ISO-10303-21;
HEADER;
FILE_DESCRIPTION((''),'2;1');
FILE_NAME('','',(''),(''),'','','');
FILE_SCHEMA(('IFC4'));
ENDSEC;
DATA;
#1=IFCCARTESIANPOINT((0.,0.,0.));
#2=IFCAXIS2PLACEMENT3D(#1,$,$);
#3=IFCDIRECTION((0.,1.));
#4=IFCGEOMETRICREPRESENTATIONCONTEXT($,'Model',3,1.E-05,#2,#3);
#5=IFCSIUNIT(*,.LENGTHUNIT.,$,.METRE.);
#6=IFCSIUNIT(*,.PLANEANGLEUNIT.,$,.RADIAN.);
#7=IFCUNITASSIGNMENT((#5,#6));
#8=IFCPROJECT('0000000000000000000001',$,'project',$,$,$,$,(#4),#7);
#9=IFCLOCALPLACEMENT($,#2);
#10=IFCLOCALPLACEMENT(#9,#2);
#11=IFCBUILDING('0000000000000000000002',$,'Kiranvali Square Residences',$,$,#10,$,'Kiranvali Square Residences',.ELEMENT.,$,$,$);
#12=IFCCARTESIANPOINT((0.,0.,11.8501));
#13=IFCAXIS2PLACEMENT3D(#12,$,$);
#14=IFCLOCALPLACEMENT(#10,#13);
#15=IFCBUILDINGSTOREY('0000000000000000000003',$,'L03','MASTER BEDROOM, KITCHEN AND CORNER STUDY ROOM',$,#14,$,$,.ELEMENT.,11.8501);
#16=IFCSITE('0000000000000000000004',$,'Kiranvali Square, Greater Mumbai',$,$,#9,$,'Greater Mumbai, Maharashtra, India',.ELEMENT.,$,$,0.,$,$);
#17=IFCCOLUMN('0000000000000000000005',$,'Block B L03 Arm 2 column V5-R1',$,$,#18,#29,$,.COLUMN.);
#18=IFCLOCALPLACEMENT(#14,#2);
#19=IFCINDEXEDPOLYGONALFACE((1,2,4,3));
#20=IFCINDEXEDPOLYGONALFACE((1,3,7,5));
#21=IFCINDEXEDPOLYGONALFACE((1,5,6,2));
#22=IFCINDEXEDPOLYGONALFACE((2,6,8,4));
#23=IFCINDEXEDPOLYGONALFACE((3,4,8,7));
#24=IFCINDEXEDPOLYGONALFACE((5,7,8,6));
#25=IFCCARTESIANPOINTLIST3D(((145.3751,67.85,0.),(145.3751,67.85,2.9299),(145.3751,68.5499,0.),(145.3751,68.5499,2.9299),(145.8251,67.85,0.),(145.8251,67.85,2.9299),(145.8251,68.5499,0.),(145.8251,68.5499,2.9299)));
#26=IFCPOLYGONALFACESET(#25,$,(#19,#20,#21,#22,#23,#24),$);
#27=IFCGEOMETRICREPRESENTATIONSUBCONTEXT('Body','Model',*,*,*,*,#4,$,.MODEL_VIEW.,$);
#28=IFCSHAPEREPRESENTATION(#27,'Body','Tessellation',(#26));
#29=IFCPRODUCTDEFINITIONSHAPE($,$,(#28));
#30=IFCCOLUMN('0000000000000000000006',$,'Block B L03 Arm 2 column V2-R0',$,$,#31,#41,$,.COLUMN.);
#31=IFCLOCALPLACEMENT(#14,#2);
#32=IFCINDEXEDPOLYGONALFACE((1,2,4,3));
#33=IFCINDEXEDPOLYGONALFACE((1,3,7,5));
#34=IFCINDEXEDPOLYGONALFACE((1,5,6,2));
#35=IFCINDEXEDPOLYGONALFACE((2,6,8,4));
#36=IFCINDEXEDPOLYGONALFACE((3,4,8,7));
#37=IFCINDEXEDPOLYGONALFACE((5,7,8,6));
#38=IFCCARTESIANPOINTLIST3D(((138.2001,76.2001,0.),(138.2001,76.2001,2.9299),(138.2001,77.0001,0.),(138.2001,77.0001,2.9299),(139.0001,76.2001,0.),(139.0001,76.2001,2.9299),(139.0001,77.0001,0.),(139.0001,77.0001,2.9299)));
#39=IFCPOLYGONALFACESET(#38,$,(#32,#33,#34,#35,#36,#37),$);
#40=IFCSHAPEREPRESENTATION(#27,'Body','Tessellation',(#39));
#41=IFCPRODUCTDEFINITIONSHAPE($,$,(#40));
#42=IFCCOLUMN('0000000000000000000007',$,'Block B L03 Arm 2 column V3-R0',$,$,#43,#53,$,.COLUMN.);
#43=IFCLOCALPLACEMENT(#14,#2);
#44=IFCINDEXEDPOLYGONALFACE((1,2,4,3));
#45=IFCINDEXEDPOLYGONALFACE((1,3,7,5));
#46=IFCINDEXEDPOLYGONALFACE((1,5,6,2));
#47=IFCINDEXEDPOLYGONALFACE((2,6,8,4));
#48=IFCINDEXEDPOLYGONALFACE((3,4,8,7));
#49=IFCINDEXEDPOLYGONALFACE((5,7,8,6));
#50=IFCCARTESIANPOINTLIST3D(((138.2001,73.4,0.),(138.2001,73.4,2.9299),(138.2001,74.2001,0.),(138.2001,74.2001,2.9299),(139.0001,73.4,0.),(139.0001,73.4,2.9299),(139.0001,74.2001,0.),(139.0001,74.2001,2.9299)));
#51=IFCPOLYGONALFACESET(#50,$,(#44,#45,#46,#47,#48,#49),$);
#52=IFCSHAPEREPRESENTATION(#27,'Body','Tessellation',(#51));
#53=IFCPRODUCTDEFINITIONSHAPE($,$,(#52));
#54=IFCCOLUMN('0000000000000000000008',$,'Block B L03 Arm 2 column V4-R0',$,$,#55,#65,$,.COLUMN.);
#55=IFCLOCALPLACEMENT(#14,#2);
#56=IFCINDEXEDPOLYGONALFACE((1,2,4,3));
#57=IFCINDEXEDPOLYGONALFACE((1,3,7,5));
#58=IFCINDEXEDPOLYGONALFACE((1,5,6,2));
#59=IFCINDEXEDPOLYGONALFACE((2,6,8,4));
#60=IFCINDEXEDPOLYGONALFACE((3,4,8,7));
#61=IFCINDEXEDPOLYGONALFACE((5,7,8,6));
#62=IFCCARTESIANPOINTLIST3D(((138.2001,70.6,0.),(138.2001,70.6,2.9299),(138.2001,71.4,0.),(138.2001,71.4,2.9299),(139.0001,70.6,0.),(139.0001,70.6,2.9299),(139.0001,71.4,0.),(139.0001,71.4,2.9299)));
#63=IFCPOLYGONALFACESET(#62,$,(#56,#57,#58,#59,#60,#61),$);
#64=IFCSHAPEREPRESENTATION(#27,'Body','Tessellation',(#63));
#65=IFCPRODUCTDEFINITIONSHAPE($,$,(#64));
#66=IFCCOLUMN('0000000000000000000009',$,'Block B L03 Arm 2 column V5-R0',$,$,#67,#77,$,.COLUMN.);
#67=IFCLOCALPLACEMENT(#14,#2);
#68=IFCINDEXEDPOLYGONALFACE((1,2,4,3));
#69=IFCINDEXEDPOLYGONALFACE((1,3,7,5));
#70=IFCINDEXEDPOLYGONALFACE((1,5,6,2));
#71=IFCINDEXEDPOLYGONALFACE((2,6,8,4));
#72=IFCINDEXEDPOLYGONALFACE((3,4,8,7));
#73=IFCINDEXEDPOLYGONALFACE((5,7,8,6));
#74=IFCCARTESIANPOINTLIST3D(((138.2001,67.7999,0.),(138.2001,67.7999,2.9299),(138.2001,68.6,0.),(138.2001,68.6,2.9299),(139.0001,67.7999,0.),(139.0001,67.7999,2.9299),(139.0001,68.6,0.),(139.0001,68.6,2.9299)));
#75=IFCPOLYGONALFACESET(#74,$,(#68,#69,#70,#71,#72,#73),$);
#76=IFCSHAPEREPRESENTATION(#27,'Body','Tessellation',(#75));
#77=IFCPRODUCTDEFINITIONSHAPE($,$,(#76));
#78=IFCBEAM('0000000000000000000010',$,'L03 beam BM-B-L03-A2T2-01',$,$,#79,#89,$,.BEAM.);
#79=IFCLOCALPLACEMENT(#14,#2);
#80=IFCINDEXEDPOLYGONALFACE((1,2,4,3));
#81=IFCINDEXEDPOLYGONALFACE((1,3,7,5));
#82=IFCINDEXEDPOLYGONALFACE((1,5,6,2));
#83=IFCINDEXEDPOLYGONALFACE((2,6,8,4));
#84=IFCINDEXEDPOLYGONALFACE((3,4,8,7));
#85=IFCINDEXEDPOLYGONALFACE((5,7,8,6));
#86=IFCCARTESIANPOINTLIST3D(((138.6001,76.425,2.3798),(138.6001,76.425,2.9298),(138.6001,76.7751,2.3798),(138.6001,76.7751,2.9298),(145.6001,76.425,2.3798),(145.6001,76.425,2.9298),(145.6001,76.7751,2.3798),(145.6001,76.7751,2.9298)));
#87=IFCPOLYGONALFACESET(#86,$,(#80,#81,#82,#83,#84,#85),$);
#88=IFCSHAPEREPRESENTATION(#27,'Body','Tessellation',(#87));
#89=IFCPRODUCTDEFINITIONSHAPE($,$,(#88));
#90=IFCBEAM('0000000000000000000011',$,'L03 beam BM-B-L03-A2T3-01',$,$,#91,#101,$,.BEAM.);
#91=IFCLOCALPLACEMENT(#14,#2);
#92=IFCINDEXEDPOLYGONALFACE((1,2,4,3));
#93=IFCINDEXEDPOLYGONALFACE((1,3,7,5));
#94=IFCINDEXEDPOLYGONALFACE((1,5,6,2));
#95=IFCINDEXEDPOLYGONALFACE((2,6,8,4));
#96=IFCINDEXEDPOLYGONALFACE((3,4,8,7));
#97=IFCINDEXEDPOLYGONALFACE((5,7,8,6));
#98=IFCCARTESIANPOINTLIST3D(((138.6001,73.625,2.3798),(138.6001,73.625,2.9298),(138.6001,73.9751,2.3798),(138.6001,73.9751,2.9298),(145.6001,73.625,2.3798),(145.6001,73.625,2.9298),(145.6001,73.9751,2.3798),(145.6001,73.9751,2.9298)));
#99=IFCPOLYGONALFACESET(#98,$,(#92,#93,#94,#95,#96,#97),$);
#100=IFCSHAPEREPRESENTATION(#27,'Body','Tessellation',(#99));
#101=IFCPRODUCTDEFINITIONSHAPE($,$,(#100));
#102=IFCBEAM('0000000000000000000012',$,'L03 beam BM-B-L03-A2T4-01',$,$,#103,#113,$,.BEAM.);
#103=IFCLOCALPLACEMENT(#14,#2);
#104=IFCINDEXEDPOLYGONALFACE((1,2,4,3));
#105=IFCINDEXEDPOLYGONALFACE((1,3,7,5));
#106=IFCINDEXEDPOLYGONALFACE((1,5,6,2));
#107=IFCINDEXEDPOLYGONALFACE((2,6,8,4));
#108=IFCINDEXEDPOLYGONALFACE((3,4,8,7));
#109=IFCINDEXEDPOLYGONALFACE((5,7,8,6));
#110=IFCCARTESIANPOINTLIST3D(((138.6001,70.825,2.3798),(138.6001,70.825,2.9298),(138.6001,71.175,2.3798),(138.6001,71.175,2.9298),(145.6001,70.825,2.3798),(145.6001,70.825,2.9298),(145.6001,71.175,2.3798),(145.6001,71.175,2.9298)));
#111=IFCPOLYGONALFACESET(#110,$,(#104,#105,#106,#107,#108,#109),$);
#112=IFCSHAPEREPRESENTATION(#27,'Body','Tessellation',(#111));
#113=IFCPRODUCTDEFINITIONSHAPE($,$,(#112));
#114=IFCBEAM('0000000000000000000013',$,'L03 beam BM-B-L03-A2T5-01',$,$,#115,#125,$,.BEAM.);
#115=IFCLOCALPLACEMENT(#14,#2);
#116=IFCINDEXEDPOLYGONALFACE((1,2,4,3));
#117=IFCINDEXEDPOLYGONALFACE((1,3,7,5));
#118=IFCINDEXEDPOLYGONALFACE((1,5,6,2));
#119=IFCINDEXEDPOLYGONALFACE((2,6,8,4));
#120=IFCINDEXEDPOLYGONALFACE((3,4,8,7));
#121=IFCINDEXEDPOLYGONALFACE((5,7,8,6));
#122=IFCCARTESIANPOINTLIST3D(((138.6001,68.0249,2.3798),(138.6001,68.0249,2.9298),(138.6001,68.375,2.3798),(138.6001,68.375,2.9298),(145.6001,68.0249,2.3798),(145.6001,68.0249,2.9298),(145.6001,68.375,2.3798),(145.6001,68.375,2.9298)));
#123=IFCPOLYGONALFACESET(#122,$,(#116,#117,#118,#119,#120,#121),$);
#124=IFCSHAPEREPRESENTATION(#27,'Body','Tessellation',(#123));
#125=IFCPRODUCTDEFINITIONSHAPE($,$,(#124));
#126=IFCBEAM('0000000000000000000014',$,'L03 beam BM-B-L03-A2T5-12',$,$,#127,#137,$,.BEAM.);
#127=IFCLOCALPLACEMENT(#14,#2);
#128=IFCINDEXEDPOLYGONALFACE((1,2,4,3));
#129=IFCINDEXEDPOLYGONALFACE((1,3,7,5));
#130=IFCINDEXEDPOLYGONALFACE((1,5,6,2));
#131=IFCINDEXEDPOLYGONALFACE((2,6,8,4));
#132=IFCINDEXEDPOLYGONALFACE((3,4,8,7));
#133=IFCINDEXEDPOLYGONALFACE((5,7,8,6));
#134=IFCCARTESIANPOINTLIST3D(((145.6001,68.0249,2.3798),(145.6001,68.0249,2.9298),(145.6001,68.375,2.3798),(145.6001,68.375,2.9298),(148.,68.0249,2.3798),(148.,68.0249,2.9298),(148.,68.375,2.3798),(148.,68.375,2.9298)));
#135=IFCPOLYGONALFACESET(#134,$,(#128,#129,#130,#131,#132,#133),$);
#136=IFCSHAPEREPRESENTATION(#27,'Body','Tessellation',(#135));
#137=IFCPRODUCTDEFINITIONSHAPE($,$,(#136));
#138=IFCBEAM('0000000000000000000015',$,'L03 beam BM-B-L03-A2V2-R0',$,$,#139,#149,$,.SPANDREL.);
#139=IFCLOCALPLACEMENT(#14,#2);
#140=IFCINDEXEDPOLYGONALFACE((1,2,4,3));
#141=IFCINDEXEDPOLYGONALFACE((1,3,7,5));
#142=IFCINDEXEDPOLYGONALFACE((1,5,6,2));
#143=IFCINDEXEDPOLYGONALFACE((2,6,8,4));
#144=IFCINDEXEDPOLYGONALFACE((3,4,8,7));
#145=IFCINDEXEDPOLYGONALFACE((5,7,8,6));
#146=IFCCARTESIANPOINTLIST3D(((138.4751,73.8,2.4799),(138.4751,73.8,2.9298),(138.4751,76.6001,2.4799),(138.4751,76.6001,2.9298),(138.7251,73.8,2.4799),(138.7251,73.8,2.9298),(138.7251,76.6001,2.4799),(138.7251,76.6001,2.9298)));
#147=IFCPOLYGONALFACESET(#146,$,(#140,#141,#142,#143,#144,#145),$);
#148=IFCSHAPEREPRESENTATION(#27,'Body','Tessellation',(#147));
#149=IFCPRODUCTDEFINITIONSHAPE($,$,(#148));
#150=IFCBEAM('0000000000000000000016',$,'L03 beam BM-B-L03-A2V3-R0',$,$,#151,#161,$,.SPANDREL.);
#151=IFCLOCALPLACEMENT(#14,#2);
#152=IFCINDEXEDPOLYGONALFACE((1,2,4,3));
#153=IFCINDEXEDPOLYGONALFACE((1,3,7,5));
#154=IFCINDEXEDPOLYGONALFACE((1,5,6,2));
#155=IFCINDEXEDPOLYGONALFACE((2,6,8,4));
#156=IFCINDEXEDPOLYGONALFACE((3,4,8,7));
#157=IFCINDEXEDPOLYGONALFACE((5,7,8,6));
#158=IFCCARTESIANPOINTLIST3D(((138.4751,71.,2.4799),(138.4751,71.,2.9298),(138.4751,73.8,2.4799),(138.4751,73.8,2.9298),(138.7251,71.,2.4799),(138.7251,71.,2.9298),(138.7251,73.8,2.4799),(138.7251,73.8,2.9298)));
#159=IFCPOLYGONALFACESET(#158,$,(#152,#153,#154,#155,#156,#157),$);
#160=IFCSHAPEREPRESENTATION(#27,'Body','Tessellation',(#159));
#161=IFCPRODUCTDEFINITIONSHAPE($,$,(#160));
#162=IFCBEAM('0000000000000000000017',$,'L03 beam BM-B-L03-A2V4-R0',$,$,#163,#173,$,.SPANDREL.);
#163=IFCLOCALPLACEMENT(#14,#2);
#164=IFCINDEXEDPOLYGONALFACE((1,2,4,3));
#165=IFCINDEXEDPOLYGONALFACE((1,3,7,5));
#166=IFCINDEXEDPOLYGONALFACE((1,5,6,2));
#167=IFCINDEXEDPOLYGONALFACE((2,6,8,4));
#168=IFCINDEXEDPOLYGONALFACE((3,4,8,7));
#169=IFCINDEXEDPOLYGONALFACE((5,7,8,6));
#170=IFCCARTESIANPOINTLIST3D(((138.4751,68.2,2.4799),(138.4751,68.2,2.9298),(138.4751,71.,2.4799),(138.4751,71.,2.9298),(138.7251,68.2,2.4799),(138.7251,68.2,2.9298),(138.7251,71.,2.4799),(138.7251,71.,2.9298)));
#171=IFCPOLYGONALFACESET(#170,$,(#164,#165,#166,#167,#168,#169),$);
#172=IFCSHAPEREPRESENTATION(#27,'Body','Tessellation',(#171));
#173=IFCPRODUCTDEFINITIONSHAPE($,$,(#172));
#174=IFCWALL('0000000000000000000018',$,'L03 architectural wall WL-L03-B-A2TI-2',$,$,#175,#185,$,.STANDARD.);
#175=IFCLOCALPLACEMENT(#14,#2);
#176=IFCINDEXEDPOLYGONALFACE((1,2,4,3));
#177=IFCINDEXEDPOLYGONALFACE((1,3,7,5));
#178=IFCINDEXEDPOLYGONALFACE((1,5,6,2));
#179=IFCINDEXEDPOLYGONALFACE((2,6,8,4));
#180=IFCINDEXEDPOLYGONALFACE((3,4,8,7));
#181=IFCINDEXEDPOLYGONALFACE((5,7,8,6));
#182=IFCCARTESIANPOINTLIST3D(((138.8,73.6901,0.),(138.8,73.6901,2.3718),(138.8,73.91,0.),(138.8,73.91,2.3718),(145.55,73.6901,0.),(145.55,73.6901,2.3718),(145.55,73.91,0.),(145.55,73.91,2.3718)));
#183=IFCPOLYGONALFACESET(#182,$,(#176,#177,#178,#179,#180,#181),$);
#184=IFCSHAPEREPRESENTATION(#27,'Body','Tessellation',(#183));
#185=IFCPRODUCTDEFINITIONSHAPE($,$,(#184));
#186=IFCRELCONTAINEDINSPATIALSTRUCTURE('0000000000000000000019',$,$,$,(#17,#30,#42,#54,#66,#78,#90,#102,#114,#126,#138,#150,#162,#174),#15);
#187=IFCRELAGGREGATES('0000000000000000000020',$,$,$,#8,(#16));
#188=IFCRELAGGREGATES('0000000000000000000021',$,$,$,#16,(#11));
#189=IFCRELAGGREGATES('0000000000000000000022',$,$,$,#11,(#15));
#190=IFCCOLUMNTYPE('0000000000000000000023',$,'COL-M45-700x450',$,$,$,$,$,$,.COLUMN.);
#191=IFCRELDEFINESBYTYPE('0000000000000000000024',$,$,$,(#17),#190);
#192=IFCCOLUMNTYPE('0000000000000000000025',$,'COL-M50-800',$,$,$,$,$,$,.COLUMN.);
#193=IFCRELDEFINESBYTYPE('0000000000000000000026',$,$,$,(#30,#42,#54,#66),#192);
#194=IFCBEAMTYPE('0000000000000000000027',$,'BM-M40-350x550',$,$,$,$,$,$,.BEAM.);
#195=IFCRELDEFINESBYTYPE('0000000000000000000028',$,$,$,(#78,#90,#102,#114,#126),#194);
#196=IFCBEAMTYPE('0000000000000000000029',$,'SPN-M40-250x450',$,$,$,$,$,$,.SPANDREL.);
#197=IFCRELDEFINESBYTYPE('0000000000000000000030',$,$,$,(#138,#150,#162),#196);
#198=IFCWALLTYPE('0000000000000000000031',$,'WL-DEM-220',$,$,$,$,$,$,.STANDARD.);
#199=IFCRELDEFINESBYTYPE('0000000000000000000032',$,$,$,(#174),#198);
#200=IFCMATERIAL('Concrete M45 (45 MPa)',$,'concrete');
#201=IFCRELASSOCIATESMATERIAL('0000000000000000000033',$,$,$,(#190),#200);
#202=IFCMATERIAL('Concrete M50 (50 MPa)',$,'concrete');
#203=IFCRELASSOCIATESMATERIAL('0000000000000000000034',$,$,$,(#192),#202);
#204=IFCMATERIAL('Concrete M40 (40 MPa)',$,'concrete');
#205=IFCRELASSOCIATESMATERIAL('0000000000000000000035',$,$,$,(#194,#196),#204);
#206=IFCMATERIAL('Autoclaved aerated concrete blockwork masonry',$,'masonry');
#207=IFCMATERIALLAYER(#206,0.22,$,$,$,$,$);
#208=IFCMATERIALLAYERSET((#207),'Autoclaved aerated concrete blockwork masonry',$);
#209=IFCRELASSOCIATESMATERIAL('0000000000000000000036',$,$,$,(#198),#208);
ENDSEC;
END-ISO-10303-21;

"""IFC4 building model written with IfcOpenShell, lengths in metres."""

from ifc_helpers import new_model, si_unit, direction, frame, frame_2d, origin, origin_2d, place, context, subcontext, project, spatial, rectangle, extrude, material, layer, layer_set, material_profile, profile_set, type_object, element, save


model = new_model("IFC4")

# Units and contexts
model_context = context("Model", 3, precision=1e-05, world=origin(), true_north=direction((0.0, 1.0)))
body_context = subcontext(model_context, "Body", "Model", "MODEL_VIEW")
ifc_project = project(units=[si_unit("LENGTHUNIT", "METRE"), si_unit("PLANEANGLEUNIT", "RADIAN")], contexts=[model_context])

# Site, building, storey
site_placement = place(None, origin())
site = spatial("IfcSite", under=ifc_project, at=site_placement, Name="Kiranvali Square, Greater Mumbai", LongName="Greater Mumbai, Maharashtra, India", CompositionType="ELEMENT", RefElevation=0.0)
building_placement = place(site_placement, origin())
building = spatial("IfcBuilding", under=site, at=building_placement, Name="Kiranvali Square Residences", LongName="Kiranvali Square Residences", CompositionType="ELEMENT")
storey_placement = place(building_placement, frame((0.0, 0.0, 11.8501)))
storey = spatial("IfcBuildingStorey", under=building, at=storey_placement, Name="L03", Description="MASTER BEDROOM, KITCHEN AND CORNER STUDY ROOM", CompositionType="ELEMENT", Elevation=11.8501)

# Columns
ifc_material_1 = material(Name="Concrete M45 (45 MPa)", Category="concrete")
ifc_material_profile_1 = material_profile(ifc_material_1, rectangle(XDim=0.45, YDim=0.7, at=origin_2d()), Name="RC 700x450")
ifc_profile_set_1 = profile_set([ifc_material_profile_1], Name="Concrete M45 (45 MPa)")
column_type_1 = type_object("IfcColumnType", Name="COL-M45-700x450", PredefinedType="COLUMN", material=ifc_profile_set_1)
column_placement = place(storey_placement, frame((145.6001, 68.2, 0.0), z_axis=(0.0, 0.0, 1.0), x_axis=(1.0, 0.0, 0.0)))
element("IfcColumn", 1, at=column_placement, inside=storey, type_object=column_type_1, Name="Block B L03 Arm 2 column V5-R1", PredefinedType="COLUMN", context=body_context, shape_type="SweptSolid", body=[
    extrude(rectangle(XDim=0.45, YDim=0.7, at=origin_2d()), origin(), (0.0, 0.0, 1.0), 2.9299),
])
ifc_material_2 = material(Name="Concrete M50 (50 MPa)", Category="concrete")
ifc_material_profile_2 = material_profile(ifc_material_2, rectangle(XDim=0.8, YDim=0.8, at=origin_2d()), Name="RC 800x800")
ifc_profile_set_2 = profile_set([ifc_material_profile_2], Name="Concrete M50 (50 MPa)")
column_type_2 = type_object("IfcColumnType", Name="COL-M50-800", PredefinedType="COLUMN", material=ifc_profile_set_2)
for number, where, z_axis, x_axis, name in (
    (2, (138.6001, 76.6001, 0.0), (0.0, 0.0, 1.0), (1.0, 0.0, 0.0), "Block B L03 Arm 2 column V2-R0"),
    (3, (138.6001, 73.8, 0.0), (0.0, 0.0, 1.0), (1.0, 0.0, 0.0), "Block B L03 Arm 2 column V3-R0"),
    (4, (138.6001, 71.0, 0.0), (0.0, 0.0, 1.0), (1.0, 0.0, 0.0), "Block B L03 Arm 2 column V4-R0"),
    (5, (138.6001, 68.2, 0.0), (0.0, 0.0, 1.0), (1.0, 0.0, 0.0), "Block B L03 Arm 2 column V5-R0"),
):
    element("IfcColumn", number, at=place(storey_placement, frame(where, z_axis=z_axis, x_axis=x_axis)), inside=storey, type_object=column_type_2, Name=name, PredefinedType="COLUMN", context=body_context, shape_type="SweptSolid", body=[
        extrude(rectangle(XDim=0.8, YDim=0.8, at=origin_2d()), origin(), (0.0, 0.0, 1.0), 2.9299),
    ])

# Beams
ifc_material_3 = material(Name="Concrete M40 (40 MPa)", Category="concrete")
ifc_material_profile_3 = material_profile(ifc_material_3, rectangle(XDim=0.3501, YDim=0.55, at=origin_2d()), Name="RC 350x550")
ifc_profile_set_3 = profile_set([ifc_material_profile_3], Name="Concrete M40 (40 MPa)")
beam_type_1 = type_object("IfcBeamType", Name="BM-M40-350x550", PredefinedType="BEAM", material=ifc_profile_set_3)
for number, where, z_axis, x_axis, name in (
    (6, (138.6001, 76.6001, 2.6548), (1.0, 0.0, 0.0), (0.0, 1.0, 0.0), "L03 beam BM-B-L03-A2T2-01"),
    (7, (138.6001, 73.8, 2.6548), (1.0, 0.0, 0.0), (0.0, 1.0, 0.0), "L03 beam BM-B-L03-A2T3-01"),
    (8, (138.6001, 71.0, 2.6548), (1.0, 0.0, 0.0), (0.0, 1.0, 0.0), "L03 beam BM-B-L03-A2T4-01"),
    (9, (138.6001, 68.2, 2.6548), (1.0, 0.0, 0.0), (0.0, 1.0, 0.0), "L03 beam BM-B-L03-A2T5-01"),
):
    element("IfcBeam", number, at=place(storey_placement, frame(where, z_axis=z_axis, x_axis=x_axis)), inside=storey, type_object=beam_type_1, Name=name, PredefinedType="BEAM", context=body_context, shape_type="SweptSolid", body=[
        extrude(rectangle(XDim=0.3501, YDim=0.55, at=origin_2d()), origin(), (0.0, 0.0, 1.0), 7.0),
    ])
beam_placement = place(storey_placement, frame((145.6001, 68.2, 2.6548), z_axis=(1.0, 0.0, 0.0), x_axis=(0.0, 1.0, 0.0)))
element("IfcBeam", 10, at=beam_placement, inside=storey, type_object=beam_type_1, Name="L03 beam BM-B-L03-A2T5-12", PredefinedType="BEAM", context=body_context, shape_type="SweptSolid", body=[
    extrude(rectangle(XDim=0.3501, YDim=0.55, at=origin_2d()), origin(), (0.0, 0.0, 1.0), 2.3999),
])
ifc_material_profile_4 = material_profile(ifc_material_3, rectangle(XDim=0.25, YDim=0.45, at=origin_2d()), Name="RC 250x450")
ifc_profile_set_4 = profile_set([ifc_material_profile_4], Name="Concrete M40 (40 MPa)")
beam_type_2 = type_object("IfcBeamType", Name="SPN-M40-250x450", PredefinedType="SPANDREL", material=ifc_profile_set_4)
for number, where, z_axis, x_axis, name in (
    (11, (138.6001, 76.6001, 2.7048), (0.0, -1.0, 0.0), (1.0, 0.0, 0.0), "L03 beam BM-B-L03-A2V2-R0"),
    (12, (138.6001, 73.8, 2.7048), (0.0, -1.0, 0.0), (1.0, 0.0, 0.0), "L03 beam BM-B-L03-A2V3-R0"),
    (13, (138.6001, 71.0, 2.7048), (0.0, -1.0, 0.0), (1.0, 0.0, 0.0), "L03 beam BM-B-L03-A2V4-R0"),
):
    element("IfcBeam", number, at=place(storey_placement, frame(where, z_axis=z_axis, x_axis=x_axis)), inside=storey, type_object=beam_type_2, Name=name, PredefinedType="SPANDREL", context=body_context, shape_type="SweptSolid", body=[
        extrude(rectangle(XDim=0.25, YDim=0.45, at=origin_2d()), origin(), (0.0, 0.0, 1.0), 2.8),
    ])

# Wall
ifc_material_4 = material(Name="Autoclaved aerated concrete blockwork masonry", Category="masonry")
ifc_layer_1 = layer(ifc_material_4, 0.22)
ifc_layer_set_1 = layer_set([ifc_layer_1], Name="Autoclaved aerated concrete blockwork masonry")
wall_type_1 = type_object("IfcWallType", Name="WL-DEM-220", PredefinedType="STANDARD", material=ifc_layer_set_1)
wall_1_placement = place(storey_placement, frame((138.8, 73.8, 0.0), z_axis=(0.0, 0.0, 1.0), x_axis=(1.0, 0.0, 0.0)))
element("IfcWall", 14, at=wall_1_placement, inside=storey, type_object=wall_type_1, Name="L03 architectural wall WL-L03-B-A2TI-2", PredefinedType="STANDARD", context=body_context, shape_type="SweptSolid", body=[
    extrude(rectangle(XDim=6.75, YDim=0.22, at=frame_2d((3.375, 0.0))), origin(), (0.0, 0.0, 1.0), 2.3718),
])

save(model, "model.ifc")
